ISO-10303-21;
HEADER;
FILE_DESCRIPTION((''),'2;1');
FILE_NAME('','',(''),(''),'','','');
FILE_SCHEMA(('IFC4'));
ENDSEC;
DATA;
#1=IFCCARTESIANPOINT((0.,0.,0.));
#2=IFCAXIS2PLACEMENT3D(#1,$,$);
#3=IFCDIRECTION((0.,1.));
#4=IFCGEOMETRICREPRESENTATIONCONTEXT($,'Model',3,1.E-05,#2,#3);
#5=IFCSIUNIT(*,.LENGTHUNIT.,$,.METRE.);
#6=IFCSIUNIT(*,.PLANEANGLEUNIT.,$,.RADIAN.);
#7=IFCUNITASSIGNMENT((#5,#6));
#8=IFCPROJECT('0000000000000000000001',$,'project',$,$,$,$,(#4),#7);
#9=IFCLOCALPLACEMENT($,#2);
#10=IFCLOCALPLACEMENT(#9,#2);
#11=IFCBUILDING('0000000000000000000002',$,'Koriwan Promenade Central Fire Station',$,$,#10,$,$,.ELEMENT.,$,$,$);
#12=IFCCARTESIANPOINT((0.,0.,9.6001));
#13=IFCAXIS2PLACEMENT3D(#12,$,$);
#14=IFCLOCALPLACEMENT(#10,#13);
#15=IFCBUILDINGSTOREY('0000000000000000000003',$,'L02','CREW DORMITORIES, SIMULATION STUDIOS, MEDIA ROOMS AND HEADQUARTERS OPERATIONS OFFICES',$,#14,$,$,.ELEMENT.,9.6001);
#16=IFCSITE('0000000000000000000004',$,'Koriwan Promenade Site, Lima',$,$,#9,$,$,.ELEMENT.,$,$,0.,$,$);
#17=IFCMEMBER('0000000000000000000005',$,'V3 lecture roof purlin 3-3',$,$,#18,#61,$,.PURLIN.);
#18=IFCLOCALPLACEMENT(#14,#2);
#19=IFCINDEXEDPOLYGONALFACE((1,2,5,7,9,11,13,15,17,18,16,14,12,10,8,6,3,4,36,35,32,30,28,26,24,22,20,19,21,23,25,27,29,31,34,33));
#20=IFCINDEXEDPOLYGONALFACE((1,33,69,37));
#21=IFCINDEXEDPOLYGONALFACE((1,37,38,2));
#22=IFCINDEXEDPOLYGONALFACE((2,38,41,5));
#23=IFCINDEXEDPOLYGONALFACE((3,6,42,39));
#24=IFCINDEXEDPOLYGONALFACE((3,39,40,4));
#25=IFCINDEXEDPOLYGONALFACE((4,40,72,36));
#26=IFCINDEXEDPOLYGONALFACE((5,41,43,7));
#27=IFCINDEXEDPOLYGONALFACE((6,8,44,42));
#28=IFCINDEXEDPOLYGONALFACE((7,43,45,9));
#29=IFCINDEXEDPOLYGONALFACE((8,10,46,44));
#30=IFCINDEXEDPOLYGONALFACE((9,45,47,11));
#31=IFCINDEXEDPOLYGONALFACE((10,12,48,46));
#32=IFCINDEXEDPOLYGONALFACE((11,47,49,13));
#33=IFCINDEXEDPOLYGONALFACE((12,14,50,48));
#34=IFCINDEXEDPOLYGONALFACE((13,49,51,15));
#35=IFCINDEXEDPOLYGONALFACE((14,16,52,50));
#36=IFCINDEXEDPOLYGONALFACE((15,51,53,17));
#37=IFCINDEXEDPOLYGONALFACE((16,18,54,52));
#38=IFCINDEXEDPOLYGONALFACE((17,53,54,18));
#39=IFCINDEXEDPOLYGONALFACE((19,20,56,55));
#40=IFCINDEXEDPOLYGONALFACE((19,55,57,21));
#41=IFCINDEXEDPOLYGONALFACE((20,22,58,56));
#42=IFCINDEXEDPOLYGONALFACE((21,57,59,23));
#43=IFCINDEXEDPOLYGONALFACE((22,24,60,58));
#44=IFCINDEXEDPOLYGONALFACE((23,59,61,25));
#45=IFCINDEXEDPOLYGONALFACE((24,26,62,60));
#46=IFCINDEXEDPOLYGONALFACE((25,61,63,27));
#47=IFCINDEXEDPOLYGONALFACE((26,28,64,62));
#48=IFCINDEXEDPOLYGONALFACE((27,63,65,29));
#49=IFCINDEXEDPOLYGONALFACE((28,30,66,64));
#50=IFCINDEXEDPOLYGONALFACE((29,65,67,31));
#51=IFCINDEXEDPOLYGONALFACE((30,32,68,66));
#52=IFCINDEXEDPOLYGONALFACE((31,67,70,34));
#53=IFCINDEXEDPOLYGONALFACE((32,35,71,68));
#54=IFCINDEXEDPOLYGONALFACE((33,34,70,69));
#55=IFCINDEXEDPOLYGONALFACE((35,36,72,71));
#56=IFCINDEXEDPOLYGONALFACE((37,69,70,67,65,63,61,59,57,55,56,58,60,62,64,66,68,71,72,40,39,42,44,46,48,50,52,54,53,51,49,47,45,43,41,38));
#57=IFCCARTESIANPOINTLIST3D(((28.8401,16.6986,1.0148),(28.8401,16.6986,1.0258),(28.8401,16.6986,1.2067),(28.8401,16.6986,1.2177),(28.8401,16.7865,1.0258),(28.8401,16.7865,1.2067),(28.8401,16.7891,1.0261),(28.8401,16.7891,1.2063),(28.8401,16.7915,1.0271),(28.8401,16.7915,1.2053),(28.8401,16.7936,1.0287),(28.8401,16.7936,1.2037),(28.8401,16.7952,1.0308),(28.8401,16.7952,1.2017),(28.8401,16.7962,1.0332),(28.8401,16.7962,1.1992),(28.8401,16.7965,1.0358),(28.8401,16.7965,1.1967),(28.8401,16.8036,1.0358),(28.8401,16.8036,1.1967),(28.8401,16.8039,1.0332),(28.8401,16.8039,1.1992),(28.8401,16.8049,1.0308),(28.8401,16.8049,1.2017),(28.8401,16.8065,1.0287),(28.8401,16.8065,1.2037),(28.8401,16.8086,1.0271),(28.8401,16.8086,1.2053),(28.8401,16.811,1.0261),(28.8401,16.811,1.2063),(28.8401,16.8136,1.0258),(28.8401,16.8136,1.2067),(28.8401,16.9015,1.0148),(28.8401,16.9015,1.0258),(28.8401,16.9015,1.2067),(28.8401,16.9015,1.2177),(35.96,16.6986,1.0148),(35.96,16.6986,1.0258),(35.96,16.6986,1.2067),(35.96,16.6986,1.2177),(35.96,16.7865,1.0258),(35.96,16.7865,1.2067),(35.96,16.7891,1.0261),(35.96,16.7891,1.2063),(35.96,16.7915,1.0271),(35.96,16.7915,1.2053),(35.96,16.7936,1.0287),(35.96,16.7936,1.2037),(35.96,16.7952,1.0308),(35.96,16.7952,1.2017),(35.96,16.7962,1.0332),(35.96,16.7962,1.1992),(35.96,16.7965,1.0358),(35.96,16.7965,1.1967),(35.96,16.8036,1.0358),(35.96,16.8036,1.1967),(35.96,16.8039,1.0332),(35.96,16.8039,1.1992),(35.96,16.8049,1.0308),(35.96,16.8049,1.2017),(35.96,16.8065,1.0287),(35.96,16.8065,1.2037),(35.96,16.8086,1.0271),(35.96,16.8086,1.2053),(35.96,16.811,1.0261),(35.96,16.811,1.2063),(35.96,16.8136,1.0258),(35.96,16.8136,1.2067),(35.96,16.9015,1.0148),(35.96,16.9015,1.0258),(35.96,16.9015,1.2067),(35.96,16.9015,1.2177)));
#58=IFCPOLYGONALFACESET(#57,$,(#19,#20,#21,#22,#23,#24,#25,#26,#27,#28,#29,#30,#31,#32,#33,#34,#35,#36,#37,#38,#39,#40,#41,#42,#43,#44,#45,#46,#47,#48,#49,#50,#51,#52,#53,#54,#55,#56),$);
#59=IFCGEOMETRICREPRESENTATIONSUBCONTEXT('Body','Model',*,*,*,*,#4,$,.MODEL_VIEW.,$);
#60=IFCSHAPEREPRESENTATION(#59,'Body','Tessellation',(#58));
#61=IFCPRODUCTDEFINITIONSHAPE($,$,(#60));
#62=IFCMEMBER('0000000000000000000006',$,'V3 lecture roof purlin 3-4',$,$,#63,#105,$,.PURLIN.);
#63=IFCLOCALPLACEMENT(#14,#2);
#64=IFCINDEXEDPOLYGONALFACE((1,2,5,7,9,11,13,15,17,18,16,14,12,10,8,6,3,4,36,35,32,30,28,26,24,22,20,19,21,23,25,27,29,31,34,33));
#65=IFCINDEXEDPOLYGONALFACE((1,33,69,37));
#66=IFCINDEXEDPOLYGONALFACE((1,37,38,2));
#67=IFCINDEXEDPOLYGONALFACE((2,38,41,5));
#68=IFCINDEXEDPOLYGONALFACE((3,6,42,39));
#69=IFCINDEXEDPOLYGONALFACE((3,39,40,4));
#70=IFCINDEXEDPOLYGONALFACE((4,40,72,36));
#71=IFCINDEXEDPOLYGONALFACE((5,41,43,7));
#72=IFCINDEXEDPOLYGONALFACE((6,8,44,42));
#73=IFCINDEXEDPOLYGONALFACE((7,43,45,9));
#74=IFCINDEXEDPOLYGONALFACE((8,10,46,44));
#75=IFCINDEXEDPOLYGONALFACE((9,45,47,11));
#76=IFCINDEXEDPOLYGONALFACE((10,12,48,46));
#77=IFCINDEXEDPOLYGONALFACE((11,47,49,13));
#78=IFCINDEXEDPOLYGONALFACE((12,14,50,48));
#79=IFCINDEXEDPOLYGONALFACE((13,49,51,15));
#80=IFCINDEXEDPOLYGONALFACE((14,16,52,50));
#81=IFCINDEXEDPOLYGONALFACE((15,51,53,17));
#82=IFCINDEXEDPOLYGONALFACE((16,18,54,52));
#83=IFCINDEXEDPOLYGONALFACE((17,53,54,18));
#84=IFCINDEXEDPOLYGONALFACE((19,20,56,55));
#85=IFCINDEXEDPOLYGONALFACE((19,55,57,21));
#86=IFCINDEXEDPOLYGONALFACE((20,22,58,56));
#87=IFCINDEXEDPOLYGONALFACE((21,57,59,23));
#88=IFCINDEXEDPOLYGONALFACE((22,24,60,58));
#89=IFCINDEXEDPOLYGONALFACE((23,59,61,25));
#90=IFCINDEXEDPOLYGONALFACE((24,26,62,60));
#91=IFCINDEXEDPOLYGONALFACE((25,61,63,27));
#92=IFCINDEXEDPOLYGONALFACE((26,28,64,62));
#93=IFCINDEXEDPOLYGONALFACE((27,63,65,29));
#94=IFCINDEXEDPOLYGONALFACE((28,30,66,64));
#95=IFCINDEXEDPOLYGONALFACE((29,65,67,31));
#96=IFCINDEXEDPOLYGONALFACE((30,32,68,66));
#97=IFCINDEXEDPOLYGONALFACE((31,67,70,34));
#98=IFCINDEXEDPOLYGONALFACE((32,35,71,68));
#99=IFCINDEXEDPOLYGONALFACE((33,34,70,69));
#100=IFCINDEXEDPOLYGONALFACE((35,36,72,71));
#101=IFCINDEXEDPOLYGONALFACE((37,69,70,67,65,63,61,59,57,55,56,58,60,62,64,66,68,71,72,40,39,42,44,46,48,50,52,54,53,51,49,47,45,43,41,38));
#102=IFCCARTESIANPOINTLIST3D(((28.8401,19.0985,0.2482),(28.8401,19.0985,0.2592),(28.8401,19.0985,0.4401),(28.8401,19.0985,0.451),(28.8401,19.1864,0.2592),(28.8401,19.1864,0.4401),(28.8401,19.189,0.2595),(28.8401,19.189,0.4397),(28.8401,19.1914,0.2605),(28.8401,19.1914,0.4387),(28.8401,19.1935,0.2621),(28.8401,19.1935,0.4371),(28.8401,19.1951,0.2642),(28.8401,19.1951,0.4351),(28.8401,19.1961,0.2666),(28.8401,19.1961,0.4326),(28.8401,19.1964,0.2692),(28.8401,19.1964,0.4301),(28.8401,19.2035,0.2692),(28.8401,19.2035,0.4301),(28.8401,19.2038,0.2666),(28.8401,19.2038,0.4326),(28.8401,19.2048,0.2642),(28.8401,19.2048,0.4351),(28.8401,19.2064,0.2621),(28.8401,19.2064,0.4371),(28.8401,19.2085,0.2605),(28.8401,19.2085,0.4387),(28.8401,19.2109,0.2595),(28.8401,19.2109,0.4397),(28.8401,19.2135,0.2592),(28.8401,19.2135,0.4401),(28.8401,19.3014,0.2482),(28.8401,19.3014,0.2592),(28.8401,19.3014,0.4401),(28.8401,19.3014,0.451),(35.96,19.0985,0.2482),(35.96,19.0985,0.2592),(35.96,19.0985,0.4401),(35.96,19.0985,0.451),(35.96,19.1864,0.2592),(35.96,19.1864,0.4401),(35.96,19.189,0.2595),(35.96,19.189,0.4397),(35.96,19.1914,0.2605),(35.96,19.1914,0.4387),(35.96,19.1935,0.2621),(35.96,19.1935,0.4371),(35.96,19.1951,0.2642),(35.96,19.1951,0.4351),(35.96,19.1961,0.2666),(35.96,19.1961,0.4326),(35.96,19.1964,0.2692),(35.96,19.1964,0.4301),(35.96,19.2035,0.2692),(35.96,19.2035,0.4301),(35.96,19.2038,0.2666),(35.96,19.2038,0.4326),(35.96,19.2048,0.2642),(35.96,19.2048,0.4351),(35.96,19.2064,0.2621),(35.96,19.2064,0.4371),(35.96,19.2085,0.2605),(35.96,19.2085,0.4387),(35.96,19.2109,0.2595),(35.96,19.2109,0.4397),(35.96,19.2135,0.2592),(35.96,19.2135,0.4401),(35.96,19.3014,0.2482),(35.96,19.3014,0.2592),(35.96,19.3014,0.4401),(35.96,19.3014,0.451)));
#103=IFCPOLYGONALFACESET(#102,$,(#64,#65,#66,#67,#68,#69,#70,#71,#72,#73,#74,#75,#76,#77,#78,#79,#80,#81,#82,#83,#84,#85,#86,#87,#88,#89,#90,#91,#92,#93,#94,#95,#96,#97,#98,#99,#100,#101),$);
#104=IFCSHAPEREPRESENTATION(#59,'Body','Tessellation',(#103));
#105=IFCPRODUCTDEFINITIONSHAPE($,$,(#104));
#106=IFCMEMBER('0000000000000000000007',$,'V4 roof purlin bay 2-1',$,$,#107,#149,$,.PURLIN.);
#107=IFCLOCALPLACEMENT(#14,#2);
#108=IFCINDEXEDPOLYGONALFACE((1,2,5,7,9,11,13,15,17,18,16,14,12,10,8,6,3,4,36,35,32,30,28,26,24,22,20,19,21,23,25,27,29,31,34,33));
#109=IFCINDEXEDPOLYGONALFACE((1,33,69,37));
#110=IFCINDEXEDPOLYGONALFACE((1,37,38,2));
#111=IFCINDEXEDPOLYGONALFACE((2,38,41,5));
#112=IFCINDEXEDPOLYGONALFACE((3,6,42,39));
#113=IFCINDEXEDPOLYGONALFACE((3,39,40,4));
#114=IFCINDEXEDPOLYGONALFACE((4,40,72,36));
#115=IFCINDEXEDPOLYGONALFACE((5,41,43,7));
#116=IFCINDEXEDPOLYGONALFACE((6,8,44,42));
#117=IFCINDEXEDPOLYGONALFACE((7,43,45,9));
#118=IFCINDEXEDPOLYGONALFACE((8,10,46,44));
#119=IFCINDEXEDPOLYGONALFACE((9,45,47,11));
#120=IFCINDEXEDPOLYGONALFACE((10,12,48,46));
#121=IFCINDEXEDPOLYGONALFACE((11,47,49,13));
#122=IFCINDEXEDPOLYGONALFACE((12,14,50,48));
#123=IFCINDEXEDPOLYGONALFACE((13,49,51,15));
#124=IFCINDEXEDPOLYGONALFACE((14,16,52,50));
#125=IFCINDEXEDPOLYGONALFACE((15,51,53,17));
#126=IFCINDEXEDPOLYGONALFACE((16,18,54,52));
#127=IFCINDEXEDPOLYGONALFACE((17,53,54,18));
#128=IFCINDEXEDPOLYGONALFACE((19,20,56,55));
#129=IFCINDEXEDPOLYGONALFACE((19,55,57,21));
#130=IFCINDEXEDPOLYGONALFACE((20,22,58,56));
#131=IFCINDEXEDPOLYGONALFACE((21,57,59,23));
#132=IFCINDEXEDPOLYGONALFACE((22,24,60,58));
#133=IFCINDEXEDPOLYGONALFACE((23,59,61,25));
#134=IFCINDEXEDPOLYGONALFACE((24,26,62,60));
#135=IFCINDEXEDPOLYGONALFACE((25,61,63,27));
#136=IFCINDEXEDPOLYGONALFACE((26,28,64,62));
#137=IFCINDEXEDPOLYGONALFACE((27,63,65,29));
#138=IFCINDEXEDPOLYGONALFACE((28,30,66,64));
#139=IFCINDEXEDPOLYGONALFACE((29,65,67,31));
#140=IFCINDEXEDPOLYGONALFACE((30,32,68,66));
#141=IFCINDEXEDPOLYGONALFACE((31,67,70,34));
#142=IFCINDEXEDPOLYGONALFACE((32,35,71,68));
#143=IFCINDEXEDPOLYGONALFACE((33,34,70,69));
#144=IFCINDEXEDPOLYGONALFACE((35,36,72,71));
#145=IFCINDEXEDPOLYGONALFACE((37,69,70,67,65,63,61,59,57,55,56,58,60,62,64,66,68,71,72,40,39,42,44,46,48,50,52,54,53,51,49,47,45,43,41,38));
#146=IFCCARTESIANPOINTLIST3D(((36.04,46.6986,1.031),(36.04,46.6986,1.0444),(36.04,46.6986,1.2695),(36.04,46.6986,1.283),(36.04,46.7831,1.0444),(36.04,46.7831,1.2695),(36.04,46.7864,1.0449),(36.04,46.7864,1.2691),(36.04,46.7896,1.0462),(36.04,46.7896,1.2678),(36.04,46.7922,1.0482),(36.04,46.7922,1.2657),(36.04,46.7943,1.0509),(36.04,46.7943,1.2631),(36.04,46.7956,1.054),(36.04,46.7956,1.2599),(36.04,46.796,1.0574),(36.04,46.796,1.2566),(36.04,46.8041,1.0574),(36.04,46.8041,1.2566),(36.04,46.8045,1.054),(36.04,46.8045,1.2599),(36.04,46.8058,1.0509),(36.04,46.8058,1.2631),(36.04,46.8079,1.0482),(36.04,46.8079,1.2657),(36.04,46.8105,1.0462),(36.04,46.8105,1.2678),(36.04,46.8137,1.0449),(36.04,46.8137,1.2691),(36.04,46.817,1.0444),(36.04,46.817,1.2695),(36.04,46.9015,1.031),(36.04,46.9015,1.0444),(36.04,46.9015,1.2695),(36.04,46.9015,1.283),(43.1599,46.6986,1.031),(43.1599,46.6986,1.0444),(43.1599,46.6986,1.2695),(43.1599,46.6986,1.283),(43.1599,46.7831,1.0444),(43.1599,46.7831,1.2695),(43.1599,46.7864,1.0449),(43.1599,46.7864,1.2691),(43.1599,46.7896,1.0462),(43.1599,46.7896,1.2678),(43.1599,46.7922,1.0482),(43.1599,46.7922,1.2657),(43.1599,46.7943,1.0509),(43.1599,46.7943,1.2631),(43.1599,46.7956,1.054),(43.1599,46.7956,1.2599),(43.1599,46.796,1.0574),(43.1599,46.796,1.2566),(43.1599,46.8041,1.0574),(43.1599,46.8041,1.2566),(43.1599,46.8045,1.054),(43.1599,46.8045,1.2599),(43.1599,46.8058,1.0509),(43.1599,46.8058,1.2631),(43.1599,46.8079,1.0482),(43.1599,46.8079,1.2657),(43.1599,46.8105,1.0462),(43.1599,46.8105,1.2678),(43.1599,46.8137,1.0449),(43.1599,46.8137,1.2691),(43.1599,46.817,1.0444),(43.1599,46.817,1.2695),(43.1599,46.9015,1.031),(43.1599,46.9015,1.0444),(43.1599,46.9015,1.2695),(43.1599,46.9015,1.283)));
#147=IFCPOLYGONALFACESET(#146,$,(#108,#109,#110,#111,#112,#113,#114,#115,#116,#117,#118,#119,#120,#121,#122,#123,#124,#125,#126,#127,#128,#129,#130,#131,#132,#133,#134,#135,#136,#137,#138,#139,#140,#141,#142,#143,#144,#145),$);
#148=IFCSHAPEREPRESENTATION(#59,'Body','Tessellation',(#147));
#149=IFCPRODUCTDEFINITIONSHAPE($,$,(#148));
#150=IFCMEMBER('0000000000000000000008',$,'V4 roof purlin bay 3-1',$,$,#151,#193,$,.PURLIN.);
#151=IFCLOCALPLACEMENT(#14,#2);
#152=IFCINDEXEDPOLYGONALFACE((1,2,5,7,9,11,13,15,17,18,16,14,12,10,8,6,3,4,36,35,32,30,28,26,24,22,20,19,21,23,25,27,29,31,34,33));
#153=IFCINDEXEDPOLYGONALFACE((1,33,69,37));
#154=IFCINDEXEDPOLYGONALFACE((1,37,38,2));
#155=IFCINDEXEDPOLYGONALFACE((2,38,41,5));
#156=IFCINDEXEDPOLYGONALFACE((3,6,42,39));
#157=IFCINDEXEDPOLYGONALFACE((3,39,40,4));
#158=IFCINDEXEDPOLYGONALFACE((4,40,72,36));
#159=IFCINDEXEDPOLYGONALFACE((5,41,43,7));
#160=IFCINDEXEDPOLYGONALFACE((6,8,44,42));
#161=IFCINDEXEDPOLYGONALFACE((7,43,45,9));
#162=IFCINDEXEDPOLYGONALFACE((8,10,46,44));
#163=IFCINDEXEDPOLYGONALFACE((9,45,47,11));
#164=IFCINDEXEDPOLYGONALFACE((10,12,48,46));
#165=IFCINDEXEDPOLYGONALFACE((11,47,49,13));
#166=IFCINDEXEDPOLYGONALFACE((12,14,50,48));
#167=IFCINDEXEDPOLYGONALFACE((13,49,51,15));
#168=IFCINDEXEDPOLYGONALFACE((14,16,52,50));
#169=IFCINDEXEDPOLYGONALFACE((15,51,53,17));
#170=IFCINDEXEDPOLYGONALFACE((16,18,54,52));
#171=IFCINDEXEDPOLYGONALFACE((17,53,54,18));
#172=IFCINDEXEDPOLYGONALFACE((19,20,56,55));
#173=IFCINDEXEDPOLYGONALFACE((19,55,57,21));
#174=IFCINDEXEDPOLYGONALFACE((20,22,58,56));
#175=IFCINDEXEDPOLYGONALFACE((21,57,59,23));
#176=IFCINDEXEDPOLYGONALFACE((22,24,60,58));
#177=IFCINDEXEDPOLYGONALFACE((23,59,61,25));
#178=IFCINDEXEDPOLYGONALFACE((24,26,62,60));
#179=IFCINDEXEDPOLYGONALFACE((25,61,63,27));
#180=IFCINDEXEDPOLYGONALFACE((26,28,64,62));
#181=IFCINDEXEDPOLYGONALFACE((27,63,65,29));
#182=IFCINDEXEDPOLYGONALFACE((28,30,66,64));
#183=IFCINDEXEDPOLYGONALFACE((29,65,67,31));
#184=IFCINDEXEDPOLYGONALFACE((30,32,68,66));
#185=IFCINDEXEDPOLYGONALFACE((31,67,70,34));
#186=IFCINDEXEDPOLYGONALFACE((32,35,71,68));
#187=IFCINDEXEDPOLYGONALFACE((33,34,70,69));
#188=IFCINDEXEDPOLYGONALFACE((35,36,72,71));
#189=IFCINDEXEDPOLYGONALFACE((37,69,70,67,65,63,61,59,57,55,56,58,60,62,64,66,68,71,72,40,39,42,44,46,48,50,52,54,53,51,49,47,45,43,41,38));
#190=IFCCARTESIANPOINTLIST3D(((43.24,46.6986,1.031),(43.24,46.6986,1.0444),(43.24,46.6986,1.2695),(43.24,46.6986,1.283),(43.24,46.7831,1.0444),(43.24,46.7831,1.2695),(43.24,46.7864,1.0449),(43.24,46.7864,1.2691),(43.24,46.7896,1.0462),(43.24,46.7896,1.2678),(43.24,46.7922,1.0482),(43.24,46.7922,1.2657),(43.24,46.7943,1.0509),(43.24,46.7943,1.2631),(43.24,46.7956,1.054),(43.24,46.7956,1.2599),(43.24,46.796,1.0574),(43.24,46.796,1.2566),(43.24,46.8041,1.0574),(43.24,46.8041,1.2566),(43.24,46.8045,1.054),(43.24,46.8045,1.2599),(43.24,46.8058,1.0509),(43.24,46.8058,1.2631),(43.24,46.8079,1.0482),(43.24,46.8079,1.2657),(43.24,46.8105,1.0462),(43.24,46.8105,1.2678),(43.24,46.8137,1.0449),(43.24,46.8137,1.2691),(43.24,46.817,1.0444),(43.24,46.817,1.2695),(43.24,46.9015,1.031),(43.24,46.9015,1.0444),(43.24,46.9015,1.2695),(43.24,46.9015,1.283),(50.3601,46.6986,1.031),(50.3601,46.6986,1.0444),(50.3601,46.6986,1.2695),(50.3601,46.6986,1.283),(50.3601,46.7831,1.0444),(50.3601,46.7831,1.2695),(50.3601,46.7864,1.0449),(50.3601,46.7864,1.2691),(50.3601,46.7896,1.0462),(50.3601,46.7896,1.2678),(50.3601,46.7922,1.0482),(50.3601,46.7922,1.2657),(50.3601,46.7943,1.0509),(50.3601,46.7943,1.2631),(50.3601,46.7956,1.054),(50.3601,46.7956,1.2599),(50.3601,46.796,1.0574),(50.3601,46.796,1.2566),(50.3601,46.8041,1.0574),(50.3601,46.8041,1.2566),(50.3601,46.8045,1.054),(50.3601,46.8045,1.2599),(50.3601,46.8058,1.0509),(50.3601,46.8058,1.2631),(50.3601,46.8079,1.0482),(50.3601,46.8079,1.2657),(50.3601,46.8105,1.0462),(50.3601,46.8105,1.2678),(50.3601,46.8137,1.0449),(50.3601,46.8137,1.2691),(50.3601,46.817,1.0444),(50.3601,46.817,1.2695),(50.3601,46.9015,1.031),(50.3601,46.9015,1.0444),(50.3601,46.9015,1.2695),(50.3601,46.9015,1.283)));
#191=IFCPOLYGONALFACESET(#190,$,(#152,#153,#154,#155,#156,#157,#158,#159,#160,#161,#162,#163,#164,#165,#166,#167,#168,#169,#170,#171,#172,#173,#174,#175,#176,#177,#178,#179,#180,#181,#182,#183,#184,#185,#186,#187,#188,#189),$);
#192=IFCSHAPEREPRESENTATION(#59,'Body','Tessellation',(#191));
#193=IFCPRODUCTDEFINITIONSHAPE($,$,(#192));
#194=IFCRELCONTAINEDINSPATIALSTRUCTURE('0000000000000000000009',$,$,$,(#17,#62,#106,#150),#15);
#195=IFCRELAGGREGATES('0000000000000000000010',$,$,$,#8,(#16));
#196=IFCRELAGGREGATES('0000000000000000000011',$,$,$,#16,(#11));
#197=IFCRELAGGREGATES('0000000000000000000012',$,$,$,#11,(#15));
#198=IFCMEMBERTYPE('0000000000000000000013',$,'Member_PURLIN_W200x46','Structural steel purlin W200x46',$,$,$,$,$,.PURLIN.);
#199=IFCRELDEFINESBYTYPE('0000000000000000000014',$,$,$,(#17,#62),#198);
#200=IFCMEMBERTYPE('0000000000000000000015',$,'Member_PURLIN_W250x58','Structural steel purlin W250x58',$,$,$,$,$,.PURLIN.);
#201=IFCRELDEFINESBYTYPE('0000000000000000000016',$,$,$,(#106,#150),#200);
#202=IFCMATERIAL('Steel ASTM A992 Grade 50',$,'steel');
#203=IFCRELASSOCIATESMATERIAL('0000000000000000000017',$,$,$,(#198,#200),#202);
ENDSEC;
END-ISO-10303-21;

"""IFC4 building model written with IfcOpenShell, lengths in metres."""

from ifc_helpers import new_model, si_unit, direction, frame, origin, origin_2d, place, context, subcontext, project, spatial, i_section, extrude, material, material_profile, profile_set, type_object, element, save


model = new_model("IFC4")

# Units and contexts
model_context = context("Model", 3, precision=1e-05, world=origin(), true_north=direction((0.0, 1.0)))
body_context = subcontext(model_context, "Body", "Model", "MODEL_VIEW")
ifc_project = project(units=[si_unit("LENGTHUNIT", "METRE"), si_unit("PLANEANGLEUNIT", "RADIAN")], contexts=[model_context])

# Site, building, storey
site_placement = place(None, origin())
site = spatial("IfcSite", under=ifc_project, at=site_placement, Name="Koriwan Promenade Site, Lima", CompositionType="ELEMENT", RefElevation=0.0)
building_placement = place(site_placement, origin())
building = spatial("IfcBuilding", under=site, at=building_placement, Name="Koriwan Promenade Central Fire Station", CompositionType="ELEMENT")
storey_placement = place(building_placement, frame((0.0, 0.0, 9.6001)))
storey = spatial("IfcBuildingStorey", under=building, at=storey_placement, Name="L02", Description="CREW DORMITORIES, SIMULATION STUDIOS, MEDIA ROOMS AND HEADQUARTERS OPERATIONS OFFICES", CompositionType="ELEMENT", Elevation=9.6001)

# Members
ifc_material_1 = material(Name="Steel ASTM A992 Grade 50", Category="steel")
ifc_material_profile_1 = material_profile(ifc_material_1, i_section(OverallWidth=0.2029, OverallDepth=0.2029, WebThickness=0.0071, FlangeThickness=0.011, FilletRadius=0.01, at=origin_2d()), Name="W200x46")
ifc_profile_set_1 = profile_set([ifc_material_profile_1], Name="Steel ASTM A992 Grade 50")
member_type_1 = type_object("IfcMemberType", Name="Member_PURLIN_W200x46", Description="Structural steel purlin W200x46", PredefinedType="PURLIN", material=ifc_profile_set_1)
for number, where, z_axis, x_axis, name in (
    (1, (28.8401, 16.8, 1.1162), (1.0, 0.0, 0.0), (0.0, 1.0, 0.0), "V3 lecture roof purlin 3-3"),
    (2, (28.8401, 19.2, 0.3496), (1.0, 0.0, 0.0), (0.0, 1.0, 0.0), "V3 lecture roof purlin 3-4"),
):
    element("IfcMember", number, at=place(storey_placement, frame(where, z_axis=z_axis, x_axis=x_axis)), inside=storey, type_object=member_type_1, Name=name, PredefinedType="PURLIN", context=body_context, shape_type="SweptSolid", body=[
        extrude(i_section(OverallWidth=0.2029, OverallDepth=0.2029, WebThickness=0.0071, FlangeThickness=0.011, FilletRadius=0.01, at=origin_2d()), origin(), (0.0, 0.0, 1.0), 7.1199),
    ])
ifc_material_profile_2 = material_profile(ifc_material_1, i_section(OverallWidth=0.2029, OverallDepth=0.252, WebThickness=0.0081, FlangeThickness=0.0134, FilletRadius=0.0129, at=origin_2d()), Name="W250x58")
ifc_profile_set_2 = profile_set([ifc_material_profile_2], Name="Steel ASTM A992 Grade 50")
member_type_2 = type_object("IfcMemberType", Name="Member_PURLIN_W250x58", Description="Structural steel purlin W250x58", PredefinedType="PURLIN", material=ifc_profile_set_2)
member_1_placement = place(storey_placement, frame((36.04, 46.8, 1.157), z_axis=(1.0, 0.0, 0.0), x_axis=(0.0, 1.0, 0.0)))
element("IfcMember", 3, at=member_1_placement, inside=storey, type_object=member_type_2, Name="V4 roof purlin bay 2-1", PredefinedType="PURLIN", context=body_context, shape_type="SweptSolid", body=[
    extrude(i_section(OverallWidth=0.2029, OverallDepth=0.252, WebThickness=0.0081, FlangeThickness=0.0134, FilletRadius=0.0129, at=origin_2d()), origin(), (0.0, 0.0, 1.0), 7.1199),
])
member_2_placement = place(storey_placement, frame((43.24, 46.8, 1.157), z_axis=(1.0, 0.0, 0.0), x_axis=(0.0, 1.0, 0.0)))
element("IfcMember", 4, at=member_2_placement, inside=storey, type_object=member_type_2, Name="V4 roof purlin bay 3-1", PredefinedType="PURLIN", context=body_context, shape_type="SweptSolid", body=[
    extrude(i_section(OverallWidth=0.2029, OverallDepth=0.252, WebThickness=0.0081, FlangeThickness=0.0134, FilletRadius=0.0129, at=origin_2d()), origin(), (0.0, 0.0, 1.0), 7.1201),
])

save(model, "model.ifc")
